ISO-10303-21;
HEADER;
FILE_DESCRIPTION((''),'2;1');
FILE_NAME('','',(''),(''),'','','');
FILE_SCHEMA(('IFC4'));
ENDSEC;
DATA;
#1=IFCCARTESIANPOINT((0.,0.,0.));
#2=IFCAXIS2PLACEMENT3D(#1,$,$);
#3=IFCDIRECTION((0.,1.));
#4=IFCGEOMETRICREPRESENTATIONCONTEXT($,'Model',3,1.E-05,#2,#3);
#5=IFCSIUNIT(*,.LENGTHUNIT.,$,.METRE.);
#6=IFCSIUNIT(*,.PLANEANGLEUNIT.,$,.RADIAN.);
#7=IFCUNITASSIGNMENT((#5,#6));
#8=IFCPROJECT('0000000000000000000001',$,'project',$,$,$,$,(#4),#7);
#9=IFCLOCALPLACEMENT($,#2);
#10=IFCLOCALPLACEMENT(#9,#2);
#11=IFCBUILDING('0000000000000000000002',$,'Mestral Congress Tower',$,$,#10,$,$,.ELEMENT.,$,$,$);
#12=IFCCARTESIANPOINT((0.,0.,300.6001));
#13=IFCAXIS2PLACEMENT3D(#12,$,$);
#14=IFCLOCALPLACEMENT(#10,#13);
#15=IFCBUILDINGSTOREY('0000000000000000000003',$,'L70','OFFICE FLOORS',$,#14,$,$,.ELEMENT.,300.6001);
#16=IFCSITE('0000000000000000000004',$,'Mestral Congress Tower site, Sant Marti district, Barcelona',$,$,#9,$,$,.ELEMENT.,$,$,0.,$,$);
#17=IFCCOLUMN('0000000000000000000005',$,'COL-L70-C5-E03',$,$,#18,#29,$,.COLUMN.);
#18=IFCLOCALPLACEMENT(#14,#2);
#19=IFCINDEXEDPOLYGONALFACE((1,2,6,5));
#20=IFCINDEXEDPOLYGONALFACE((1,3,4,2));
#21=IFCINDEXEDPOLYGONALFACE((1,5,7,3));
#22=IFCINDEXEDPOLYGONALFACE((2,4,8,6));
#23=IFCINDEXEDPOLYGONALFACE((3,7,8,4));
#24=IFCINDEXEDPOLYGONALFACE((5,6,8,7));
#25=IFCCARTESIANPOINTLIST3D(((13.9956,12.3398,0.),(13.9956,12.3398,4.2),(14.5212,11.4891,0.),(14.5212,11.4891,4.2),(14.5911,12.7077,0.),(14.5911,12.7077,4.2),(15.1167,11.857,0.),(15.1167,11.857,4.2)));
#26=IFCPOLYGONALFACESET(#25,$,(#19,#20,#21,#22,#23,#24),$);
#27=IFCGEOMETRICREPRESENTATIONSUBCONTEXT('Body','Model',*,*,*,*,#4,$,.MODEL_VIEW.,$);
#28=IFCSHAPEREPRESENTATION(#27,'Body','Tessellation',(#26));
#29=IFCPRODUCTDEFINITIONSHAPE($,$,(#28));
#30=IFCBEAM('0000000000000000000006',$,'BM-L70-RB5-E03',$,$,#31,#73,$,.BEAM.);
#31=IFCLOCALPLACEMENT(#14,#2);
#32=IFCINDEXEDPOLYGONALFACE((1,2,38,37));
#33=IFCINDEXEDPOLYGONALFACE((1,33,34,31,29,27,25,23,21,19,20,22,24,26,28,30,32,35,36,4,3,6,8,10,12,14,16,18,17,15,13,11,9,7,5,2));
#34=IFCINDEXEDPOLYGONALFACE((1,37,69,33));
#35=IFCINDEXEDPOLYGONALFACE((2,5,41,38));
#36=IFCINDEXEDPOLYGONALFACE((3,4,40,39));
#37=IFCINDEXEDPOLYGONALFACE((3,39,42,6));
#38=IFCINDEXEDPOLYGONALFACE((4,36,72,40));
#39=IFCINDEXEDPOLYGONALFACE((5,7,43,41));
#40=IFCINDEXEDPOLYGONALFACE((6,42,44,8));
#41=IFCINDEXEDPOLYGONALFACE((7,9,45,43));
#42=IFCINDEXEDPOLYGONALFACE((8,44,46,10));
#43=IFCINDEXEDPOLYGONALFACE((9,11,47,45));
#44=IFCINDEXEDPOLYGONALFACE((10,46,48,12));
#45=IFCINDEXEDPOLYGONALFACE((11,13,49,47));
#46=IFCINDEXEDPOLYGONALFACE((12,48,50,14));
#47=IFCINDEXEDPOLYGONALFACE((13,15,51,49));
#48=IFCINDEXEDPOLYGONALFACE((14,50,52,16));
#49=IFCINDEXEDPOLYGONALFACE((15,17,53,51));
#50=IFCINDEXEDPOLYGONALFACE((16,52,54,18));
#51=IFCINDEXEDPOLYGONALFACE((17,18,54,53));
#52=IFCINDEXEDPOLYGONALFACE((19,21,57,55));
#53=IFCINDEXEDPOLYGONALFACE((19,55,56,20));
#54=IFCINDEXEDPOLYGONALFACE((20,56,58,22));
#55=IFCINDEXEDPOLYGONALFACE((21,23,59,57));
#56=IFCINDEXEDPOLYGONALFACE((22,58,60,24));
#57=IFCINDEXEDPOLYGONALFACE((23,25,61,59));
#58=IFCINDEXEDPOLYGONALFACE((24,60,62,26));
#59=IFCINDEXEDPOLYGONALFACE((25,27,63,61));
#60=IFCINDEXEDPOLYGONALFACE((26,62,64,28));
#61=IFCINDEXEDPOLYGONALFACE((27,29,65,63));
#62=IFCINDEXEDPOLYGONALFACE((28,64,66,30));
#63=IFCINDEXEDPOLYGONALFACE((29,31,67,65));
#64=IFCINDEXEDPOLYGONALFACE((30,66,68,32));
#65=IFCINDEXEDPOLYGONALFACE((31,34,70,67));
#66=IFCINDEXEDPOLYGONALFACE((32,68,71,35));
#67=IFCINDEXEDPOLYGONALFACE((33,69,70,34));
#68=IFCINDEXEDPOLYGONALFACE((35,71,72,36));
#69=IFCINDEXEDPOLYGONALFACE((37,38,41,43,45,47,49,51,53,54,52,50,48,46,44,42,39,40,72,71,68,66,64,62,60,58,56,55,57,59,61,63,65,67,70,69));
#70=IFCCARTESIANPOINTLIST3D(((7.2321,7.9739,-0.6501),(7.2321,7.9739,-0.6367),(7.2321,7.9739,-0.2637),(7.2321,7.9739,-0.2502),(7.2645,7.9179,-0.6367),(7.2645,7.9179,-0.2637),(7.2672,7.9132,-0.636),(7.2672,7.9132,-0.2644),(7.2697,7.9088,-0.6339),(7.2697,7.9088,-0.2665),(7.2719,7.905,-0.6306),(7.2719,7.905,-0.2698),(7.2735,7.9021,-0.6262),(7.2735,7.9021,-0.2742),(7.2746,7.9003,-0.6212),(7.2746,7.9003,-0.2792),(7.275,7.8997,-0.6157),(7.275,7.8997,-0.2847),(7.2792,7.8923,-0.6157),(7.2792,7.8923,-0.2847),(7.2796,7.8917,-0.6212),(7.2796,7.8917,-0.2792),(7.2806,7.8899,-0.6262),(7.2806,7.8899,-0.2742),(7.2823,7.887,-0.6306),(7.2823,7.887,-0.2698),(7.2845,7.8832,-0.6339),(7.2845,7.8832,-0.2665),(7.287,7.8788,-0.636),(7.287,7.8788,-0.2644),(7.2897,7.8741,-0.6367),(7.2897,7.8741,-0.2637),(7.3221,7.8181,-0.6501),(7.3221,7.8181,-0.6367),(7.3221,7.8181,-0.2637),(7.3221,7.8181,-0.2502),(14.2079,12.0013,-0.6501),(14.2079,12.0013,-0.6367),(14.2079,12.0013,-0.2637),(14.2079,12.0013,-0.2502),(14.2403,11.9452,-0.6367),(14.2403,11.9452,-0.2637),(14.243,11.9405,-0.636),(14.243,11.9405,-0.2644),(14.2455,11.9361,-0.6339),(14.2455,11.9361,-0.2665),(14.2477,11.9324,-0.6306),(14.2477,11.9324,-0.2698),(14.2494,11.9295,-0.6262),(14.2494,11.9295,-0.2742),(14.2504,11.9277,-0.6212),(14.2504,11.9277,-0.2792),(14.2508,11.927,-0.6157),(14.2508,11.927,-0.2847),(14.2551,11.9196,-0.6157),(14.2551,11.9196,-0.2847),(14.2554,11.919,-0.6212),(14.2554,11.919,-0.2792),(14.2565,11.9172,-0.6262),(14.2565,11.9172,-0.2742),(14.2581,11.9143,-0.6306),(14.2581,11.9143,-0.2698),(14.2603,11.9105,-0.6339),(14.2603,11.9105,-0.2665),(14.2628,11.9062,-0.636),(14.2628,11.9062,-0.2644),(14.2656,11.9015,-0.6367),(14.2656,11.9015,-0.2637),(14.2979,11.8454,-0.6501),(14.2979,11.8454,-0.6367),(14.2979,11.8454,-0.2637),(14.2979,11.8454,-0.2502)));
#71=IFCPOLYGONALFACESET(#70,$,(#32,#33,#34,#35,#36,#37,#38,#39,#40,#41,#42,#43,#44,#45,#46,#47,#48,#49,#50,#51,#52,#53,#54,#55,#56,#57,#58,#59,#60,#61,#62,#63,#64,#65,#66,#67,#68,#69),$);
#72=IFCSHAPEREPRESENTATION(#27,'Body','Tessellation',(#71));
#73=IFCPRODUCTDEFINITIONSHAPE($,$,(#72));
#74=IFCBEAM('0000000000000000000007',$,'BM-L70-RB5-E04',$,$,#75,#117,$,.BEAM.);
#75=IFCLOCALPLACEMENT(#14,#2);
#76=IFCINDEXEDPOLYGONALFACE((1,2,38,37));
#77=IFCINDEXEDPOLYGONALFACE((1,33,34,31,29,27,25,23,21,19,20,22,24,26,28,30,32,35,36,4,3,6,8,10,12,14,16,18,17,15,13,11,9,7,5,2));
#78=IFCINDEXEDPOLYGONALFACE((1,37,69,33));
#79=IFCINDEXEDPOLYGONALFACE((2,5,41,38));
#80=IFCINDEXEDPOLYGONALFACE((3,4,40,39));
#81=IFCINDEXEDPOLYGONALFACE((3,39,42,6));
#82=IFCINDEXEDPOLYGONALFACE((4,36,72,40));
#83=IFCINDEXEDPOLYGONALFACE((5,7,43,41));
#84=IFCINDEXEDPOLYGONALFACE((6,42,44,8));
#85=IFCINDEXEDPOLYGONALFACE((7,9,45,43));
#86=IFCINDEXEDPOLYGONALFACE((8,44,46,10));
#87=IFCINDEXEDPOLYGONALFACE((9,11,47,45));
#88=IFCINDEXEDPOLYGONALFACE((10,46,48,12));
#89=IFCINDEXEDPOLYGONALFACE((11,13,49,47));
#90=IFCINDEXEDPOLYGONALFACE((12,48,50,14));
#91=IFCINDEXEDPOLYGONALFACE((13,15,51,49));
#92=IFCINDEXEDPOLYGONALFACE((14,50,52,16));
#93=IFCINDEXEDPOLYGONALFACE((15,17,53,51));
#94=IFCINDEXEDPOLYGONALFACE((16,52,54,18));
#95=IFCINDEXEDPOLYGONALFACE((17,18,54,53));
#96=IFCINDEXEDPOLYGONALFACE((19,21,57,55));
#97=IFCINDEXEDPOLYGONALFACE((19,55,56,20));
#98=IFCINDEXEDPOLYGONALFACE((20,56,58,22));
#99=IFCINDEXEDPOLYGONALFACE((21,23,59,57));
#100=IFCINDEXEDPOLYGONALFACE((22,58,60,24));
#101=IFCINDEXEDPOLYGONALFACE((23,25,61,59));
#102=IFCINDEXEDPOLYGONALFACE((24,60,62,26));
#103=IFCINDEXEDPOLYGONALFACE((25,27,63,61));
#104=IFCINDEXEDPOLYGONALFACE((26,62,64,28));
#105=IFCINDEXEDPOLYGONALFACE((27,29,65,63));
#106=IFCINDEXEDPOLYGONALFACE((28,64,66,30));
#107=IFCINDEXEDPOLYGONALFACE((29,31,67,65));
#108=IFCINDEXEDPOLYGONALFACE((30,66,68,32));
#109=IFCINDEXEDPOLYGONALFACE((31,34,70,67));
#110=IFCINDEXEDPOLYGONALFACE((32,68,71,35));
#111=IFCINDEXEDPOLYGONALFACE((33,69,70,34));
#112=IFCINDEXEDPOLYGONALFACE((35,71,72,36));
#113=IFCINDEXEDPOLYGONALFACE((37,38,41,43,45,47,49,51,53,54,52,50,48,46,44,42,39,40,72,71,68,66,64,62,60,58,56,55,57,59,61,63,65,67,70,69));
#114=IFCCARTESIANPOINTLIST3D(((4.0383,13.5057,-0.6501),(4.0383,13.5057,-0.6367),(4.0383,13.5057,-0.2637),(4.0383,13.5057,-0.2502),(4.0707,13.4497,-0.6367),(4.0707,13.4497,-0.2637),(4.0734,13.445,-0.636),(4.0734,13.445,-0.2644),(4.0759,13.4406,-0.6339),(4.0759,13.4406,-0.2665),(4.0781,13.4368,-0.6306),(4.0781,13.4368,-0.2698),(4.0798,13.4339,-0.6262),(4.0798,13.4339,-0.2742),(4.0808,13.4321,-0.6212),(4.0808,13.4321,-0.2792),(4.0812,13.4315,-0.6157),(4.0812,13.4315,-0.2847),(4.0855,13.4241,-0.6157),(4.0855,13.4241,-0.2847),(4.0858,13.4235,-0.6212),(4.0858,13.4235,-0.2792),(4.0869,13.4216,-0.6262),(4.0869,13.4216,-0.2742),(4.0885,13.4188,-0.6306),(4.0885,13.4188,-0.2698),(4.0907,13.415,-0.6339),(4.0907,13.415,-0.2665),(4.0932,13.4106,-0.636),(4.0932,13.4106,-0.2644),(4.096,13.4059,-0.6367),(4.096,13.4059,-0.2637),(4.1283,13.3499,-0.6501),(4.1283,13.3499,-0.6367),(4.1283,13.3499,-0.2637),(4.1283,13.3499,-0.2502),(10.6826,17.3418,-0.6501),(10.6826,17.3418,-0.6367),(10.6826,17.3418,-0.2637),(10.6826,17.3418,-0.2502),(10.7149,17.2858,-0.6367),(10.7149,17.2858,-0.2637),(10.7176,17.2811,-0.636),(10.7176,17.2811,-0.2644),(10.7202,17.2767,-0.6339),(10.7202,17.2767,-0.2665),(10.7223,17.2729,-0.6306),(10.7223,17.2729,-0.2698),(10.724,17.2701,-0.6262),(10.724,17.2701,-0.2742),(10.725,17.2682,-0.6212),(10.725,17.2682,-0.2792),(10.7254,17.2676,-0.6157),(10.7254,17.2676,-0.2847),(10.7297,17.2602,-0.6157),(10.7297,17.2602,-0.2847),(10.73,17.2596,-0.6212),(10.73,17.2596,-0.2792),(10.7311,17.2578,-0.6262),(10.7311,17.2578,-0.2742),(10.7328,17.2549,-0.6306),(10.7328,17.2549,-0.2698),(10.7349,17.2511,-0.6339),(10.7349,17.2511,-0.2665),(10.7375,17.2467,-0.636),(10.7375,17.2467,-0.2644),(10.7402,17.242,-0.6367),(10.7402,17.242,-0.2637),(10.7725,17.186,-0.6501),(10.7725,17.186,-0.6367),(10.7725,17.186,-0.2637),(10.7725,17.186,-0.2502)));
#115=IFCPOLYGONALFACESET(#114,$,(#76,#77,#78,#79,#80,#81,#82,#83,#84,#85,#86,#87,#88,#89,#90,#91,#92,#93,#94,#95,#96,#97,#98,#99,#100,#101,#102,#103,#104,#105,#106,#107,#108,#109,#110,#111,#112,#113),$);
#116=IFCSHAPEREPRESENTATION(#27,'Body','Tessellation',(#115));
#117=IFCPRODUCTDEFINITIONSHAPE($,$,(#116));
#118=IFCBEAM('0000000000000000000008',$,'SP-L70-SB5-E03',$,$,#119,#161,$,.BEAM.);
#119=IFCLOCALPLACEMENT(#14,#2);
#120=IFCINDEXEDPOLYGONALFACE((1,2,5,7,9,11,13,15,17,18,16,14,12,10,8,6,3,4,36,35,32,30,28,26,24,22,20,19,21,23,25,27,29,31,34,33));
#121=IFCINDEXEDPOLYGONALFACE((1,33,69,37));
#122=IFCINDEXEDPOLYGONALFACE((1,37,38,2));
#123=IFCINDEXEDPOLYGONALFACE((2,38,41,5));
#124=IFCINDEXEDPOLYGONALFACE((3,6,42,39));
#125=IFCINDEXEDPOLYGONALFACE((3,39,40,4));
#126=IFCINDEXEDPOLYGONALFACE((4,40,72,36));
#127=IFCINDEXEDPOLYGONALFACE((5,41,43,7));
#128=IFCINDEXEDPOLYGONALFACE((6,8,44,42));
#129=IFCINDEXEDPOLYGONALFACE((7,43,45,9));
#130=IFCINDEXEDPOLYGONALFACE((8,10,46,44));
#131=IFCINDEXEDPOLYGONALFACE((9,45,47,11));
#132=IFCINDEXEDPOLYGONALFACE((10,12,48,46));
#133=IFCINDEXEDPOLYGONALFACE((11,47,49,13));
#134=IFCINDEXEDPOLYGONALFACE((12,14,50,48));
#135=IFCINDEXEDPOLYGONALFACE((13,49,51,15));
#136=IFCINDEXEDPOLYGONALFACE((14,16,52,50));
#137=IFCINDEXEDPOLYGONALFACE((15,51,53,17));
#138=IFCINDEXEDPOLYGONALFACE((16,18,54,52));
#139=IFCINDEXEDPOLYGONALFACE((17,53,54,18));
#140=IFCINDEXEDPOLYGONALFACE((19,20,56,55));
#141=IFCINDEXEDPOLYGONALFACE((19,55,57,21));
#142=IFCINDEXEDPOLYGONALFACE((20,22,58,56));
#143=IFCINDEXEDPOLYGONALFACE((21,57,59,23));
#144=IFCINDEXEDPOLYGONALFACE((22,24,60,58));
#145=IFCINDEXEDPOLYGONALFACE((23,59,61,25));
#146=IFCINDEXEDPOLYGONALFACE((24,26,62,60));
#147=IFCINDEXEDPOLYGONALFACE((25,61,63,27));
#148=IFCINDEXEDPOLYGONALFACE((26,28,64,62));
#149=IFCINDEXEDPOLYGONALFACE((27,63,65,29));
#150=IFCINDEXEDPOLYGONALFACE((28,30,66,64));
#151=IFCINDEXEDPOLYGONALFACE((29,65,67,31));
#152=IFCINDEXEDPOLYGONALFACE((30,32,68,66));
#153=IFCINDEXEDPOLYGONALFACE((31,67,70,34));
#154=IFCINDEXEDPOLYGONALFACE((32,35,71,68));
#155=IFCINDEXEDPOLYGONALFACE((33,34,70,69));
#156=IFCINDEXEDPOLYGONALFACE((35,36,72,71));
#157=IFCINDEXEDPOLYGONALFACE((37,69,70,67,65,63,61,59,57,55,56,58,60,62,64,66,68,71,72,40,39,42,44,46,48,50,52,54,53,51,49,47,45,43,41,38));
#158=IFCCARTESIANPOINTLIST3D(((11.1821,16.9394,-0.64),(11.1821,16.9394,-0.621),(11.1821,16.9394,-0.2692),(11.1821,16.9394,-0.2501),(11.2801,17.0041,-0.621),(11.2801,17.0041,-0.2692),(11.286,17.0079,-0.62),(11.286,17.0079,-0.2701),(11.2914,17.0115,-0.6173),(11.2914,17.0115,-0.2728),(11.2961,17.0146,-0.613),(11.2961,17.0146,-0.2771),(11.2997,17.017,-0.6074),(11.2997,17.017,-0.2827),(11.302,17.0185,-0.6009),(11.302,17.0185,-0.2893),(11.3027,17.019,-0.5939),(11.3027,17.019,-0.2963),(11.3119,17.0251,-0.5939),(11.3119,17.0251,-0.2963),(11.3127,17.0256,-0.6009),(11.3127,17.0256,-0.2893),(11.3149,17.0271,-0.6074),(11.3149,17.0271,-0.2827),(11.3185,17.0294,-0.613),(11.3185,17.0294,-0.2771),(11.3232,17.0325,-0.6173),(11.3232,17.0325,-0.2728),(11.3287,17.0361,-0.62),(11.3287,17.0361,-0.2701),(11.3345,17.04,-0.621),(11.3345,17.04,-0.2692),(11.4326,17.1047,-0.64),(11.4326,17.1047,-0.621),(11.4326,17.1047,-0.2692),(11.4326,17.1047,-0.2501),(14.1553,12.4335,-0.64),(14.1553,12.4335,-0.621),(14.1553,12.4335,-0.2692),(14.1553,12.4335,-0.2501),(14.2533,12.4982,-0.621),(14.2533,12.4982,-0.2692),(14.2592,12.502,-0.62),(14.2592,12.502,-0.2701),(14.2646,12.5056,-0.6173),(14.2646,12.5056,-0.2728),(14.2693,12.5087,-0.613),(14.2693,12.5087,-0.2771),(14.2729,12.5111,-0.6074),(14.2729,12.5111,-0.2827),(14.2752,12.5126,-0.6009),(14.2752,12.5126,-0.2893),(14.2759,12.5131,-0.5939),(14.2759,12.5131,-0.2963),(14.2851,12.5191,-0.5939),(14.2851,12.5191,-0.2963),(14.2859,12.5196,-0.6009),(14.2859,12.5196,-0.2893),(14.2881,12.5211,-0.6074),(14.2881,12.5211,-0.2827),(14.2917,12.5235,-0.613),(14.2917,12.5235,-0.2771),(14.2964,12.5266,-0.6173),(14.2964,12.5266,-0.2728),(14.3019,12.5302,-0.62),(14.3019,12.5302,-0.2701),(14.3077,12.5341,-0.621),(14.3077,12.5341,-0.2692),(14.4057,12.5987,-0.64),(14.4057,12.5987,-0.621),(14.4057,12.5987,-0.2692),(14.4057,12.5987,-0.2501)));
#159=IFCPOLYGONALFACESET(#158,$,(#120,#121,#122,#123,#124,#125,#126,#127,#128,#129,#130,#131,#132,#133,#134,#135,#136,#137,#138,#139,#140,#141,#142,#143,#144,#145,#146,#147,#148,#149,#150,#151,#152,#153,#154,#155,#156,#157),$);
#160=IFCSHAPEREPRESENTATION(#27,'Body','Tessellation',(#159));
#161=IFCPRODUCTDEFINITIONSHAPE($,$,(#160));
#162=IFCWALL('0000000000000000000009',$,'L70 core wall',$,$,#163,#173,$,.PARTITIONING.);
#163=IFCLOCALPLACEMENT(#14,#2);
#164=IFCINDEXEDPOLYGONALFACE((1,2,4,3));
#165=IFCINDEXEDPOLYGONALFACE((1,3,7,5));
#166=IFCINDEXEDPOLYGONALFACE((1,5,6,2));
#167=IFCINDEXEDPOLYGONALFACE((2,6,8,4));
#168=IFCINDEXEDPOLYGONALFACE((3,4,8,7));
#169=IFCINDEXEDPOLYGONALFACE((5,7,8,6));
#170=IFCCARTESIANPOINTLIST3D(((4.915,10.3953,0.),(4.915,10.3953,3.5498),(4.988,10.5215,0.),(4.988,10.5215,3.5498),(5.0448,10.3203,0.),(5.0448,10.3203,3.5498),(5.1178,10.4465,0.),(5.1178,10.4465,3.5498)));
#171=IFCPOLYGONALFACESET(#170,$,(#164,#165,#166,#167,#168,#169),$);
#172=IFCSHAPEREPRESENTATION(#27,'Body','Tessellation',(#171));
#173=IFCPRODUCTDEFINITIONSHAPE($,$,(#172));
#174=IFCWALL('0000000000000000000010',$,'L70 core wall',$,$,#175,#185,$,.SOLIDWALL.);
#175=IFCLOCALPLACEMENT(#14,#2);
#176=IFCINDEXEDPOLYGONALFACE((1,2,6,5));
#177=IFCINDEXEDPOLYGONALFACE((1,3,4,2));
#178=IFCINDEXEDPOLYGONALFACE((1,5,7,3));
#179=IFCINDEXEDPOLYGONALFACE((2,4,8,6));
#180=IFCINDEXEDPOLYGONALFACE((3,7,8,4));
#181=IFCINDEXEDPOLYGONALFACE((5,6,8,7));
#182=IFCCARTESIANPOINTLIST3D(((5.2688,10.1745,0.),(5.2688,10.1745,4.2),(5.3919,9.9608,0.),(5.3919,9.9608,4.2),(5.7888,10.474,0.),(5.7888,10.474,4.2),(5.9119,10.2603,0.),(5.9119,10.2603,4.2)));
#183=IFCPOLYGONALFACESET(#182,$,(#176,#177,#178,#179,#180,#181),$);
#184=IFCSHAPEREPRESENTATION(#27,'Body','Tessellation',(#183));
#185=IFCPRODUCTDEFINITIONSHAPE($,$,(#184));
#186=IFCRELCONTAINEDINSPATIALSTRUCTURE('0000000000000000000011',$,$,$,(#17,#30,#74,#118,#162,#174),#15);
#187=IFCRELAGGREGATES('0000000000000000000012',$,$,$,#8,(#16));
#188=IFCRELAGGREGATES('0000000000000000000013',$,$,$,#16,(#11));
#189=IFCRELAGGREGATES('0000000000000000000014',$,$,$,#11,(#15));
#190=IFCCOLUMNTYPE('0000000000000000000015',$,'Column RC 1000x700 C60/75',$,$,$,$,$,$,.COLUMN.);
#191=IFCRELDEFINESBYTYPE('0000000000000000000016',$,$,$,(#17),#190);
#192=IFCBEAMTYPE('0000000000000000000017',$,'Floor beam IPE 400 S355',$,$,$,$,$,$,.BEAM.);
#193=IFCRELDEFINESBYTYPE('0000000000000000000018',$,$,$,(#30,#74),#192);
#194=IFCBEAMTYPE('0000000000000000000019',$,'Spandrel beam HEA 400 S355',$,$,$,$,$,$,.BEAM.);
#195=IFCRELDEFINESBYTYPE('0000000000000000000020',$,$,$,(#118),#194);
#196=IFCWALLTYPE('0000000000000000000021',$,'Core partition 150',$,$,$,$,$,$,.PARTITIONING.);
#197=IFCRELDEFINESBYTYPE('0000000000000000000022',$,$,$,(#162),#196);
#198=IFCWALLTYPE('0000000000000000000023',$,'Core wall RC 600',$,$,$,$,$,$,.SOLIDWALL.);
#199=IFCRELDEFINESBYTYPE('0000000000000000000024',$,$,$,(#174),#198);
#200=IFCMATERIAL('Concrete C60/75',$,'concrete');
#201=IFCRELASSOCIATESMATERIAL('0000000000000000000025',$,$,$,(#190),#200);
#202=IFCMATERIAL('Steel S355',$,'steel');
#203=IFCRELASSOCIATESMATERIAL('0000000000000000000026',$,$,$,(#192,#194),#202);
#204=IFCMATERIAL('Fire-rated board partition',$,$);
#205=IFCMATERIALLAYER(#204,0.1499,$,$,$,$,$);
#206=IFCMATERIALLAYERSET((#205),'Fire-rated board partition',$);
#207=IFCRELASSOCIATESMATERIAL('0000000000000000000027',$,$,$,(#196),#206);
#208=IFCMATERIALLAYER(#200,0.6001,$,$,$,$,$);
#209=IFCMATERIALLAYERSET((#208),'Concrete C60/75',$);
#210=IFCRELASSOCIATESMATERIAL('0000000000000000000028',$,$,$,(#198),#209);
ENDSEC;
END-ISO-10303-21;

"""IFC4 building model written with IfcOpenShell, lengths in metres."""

from ifc_helpers import new_model, si_unit, direction, frame, frame_2d, origin, origin_2d, place, context, subcontext, project, spatial, rectangle, i_section, extrude, material, layer, layer_set, material_profile, profile_set, type_object, element, save


model = new_model("IFC4")

# Units and contexts
model_context = context("Model", 3, precision=1e-05, world=origin(), true_north=direction((0.0, 1.0)))
body_context = subcontext(model_context, "Body", "Model", "MODEL_VIEW")
ifc_project = project(units=[si_unit("LENGTHUNIT", "METRE"), si_unit("PLANEANGLEUNIT", "RADIAN")], contexts=[model_context])

# Site, building, storey
site_placement = place(None, origin())
site = spatial("IfcSite", under=ifc_project, at=site_placement, Name="Mestral Congress Tower site, Sant Marti district, Barcelona", CompositionType="ELEMENT", RefElevation=0.0)
building_placement = place(site_placement, origin())
building = spatial("IfcBuilding", under=site, at=building_placement, Name="Mestral Congress Tower", CompositionType="ELEMENT")
storey_placement = place(building_placement, frame((0.0, 0.0, 300.6001)))
storey = spatial("IfcBuildingStorey", under=building, at=storey_placement, Name="L70", Description="OFFICE FLOORS", CompositionType="ELEMENT", Elevation=300.6001)

# Column
ifc_material_1 = material(Name="Concrete C60/75", Category="concrete")
ifc_material_profile_1 = material_profile(ifc_material_1, rectangle(XDim=1.0, YDim=0.7, at=origin_2d()), Name="RC 1000x700")
ifc_profile_set_1 = profile_set([ifc_material_profile_1], Name="Concrete C60/75")
column_type = type_object("IfcColumnType", Name="Column RC 1000x700 C60/75", PredefinedType="COLUMN", material=ifc_profile_set_1)
column_placement = place(storey_placement, frame((14.5562, 12.0984, 0.0), z_axis=(0.0, 0.0, 1.0), x_axis=(-0.52561, 0.850726, 0.0)))
element("IfcColumn", 1, at=column_placement, inside=storey, type_object=column_type, Name="COL-L70-C5-E03", PredefinedType="COLUMN", context=body_context, shape_type="SweptSolid", body=[
    extrude(rectangle(XDim=1.0, YDim=0.7, at=origin_2d()), origin(), (0.0, 0.0, 1.0), 4.2),
])

# Beams
ifc_material_2 = material(Name="Steel S355", Category="steel")
ifc_material_profile_2 = material_profile(ifc_material_2, i_section(OverallWidth=0.1799, OverallDepth=0.3999, WebThickness=0.0085, FlangeThickness=0.0134, FilletRadius=0.021, at=origin_2d()), Name="IPE 400")
ifc_profile_set_2 = profile_set([ifc_material_profile_2], Name="Steel S355")
beam_type_1 = type_object("IfcBeamType", Name="Floor beam IPE 400 S355", PredefinedType="BEAM", material=ifc_profile_set_2)
beam_1_placement = place(storey_placement, frame((14.2529, 11.9233, -0.4502), z_axis=(-0.866034, -0.499986, 0.0), x_axis=(0.499986, -0.866034, 0.0)))
element("IfcBeam", 2, at=beam_1_placement, inside=storey, type_object=beam_type_1, Name="BM-L70-RB5-E03", PredefinedType="BEAM", context=body_context, shape_type="SweptSolid", body=[
    extrude(i_section(OverallWidth=0.1799, OverallDepth=0.3999, WebThickness=0.0085, FlangeThickness=0.0134, FilletRadius=0.021, at=origin_2d()), origin(), (0.0, 0.0, 1.0), 8.0549),
])
beam_2_placement = place(storey_placement, frame((10.7275, 17.2639, -0.4502), z_axis=(-0.86602, -0.50001, 0.0), x_axis=(0.50001, -0.86602, 0.0)))
element("IfcBeam", 3, at=beam_2_placement, inside=storey, type_object=beam_type_1, Name="BM-L70-RB5-E04", PredefinedType="BEAM", context=body_context, shape_type="SweptSolid", body=[
    extrude(i_section(OverallWidth=0.1799, OverallDepth=0.3999, WebThickness=0.0085, FlangeThickness=0.0134, FilletRadius=0.021, at=origin_2d()), origin(), (0.0, 0.0, 1.0), 7.6721),
])
ifc_material_profile_3 = material_profile(ifc_material_2, i_section(OverallWidth=0.3, OverallDepth=0.3899, WebThickness=0.011, FlangeThickness=0.019, FilletRadius=0.0271, at=origin_2d()), Name="HEA 400")
ifc_profile_set_3 = profile_set([ifc_material_profile_3], Name="Steel S355")
beam_type_2 = type_object("IfcBeamType", Name="Spandrel beam HEA 400 S355", PredefinedType="BEAM", material=ifc_profile_set_3)
beam_3_placement = place(storey_placement, frame((14.2805, 12.5161, -0.4451), z_axis=(-0.550749, 0.834671, 0.0), x_axis=(-0.834671, -0.550749, 0.0)))
element("IfcBeam", 4, at=beam_3_placement, inside=storey, type_object=beam_type_2, Name="SP-L70-SB5-E03", PredefinedType="BEAM", context=body_context, shape_type="SweptSolid", body=[
    extrude(i_section(OverallWidth=0.3, OverallDepth=0.3899, WebThickness=0.011, FlangeThickness=0.019, FilletRadius=0.0271, at=origin_2d()), origin(), (0.0, 0.0, 1.0), 5.3984),
])

# Walls
ifc_material_3 = material(Name="Fire-rated board partition")
ifc_layer_1 = layer(ifc_material_3, 0.1499)
ifc_layer_set_1 = layer_set([ifc_layer_1], Name="Fire-rated board partition")
wall_type_1 = type_object("IfcWallType", Name="Core partition 150", PredefinedType="PARTITIONING", material=ifc_layer_set_1)
wall_1_placement = place(storey_placement, frame((4.98, 10.3579, 0.0), z_axis=(0.0, 0.0, 1.0), x_axis=(0.50064, 0.865655, 0.0)))
element("IfcWall", 5, at=wall_1_placement, inside=storey, type_object=wall_type_1, Name="L70 core wall", PredefinedType="PARTITIONING", context=body_context, shape_type="SweptSolid", body=[
    extrude(rectangle(XDim=0.1458, YDim=0.1499, at=frame_2d((0.0728, 0.0))), origin(), (0.0, 0.0, 1.0), 3.5498),
])
ifc_layer_2 = layer(ifc_material_1, 0.6001)
ifc_layer_set_2 = layer_set([ifc_layer_2], Name="Concrete C60/75")
wall_type_2 = type_object("IfcWallType", Name="Core wall RC 600", PredefinedType="SOLIDWALL", material=ifc_layer_set_2)
wall_2_placement = place(storey_placement, frame((5.5288, 10.3242, 0.0), z_axis=(0.0, 0.0, 1.0), x_axis=(0.499122, -0.866532, 0.0)))
element("IfcWall", 6, at=wall_2_placement, inside=storey, type_object=wall_type_2, Name="L70 core wall", PredefinedType="SOLIDWALL", context=body_context, shape_type="SweptSolid", body=[
    extrude(rectangle(XDim=0.2466, YDim=0.6001, at=frame_2d((0.1233, 0.0))), origin(), (0.0, 0.0, 1.0), 4.2),
])

save(model, "model.ifc")
